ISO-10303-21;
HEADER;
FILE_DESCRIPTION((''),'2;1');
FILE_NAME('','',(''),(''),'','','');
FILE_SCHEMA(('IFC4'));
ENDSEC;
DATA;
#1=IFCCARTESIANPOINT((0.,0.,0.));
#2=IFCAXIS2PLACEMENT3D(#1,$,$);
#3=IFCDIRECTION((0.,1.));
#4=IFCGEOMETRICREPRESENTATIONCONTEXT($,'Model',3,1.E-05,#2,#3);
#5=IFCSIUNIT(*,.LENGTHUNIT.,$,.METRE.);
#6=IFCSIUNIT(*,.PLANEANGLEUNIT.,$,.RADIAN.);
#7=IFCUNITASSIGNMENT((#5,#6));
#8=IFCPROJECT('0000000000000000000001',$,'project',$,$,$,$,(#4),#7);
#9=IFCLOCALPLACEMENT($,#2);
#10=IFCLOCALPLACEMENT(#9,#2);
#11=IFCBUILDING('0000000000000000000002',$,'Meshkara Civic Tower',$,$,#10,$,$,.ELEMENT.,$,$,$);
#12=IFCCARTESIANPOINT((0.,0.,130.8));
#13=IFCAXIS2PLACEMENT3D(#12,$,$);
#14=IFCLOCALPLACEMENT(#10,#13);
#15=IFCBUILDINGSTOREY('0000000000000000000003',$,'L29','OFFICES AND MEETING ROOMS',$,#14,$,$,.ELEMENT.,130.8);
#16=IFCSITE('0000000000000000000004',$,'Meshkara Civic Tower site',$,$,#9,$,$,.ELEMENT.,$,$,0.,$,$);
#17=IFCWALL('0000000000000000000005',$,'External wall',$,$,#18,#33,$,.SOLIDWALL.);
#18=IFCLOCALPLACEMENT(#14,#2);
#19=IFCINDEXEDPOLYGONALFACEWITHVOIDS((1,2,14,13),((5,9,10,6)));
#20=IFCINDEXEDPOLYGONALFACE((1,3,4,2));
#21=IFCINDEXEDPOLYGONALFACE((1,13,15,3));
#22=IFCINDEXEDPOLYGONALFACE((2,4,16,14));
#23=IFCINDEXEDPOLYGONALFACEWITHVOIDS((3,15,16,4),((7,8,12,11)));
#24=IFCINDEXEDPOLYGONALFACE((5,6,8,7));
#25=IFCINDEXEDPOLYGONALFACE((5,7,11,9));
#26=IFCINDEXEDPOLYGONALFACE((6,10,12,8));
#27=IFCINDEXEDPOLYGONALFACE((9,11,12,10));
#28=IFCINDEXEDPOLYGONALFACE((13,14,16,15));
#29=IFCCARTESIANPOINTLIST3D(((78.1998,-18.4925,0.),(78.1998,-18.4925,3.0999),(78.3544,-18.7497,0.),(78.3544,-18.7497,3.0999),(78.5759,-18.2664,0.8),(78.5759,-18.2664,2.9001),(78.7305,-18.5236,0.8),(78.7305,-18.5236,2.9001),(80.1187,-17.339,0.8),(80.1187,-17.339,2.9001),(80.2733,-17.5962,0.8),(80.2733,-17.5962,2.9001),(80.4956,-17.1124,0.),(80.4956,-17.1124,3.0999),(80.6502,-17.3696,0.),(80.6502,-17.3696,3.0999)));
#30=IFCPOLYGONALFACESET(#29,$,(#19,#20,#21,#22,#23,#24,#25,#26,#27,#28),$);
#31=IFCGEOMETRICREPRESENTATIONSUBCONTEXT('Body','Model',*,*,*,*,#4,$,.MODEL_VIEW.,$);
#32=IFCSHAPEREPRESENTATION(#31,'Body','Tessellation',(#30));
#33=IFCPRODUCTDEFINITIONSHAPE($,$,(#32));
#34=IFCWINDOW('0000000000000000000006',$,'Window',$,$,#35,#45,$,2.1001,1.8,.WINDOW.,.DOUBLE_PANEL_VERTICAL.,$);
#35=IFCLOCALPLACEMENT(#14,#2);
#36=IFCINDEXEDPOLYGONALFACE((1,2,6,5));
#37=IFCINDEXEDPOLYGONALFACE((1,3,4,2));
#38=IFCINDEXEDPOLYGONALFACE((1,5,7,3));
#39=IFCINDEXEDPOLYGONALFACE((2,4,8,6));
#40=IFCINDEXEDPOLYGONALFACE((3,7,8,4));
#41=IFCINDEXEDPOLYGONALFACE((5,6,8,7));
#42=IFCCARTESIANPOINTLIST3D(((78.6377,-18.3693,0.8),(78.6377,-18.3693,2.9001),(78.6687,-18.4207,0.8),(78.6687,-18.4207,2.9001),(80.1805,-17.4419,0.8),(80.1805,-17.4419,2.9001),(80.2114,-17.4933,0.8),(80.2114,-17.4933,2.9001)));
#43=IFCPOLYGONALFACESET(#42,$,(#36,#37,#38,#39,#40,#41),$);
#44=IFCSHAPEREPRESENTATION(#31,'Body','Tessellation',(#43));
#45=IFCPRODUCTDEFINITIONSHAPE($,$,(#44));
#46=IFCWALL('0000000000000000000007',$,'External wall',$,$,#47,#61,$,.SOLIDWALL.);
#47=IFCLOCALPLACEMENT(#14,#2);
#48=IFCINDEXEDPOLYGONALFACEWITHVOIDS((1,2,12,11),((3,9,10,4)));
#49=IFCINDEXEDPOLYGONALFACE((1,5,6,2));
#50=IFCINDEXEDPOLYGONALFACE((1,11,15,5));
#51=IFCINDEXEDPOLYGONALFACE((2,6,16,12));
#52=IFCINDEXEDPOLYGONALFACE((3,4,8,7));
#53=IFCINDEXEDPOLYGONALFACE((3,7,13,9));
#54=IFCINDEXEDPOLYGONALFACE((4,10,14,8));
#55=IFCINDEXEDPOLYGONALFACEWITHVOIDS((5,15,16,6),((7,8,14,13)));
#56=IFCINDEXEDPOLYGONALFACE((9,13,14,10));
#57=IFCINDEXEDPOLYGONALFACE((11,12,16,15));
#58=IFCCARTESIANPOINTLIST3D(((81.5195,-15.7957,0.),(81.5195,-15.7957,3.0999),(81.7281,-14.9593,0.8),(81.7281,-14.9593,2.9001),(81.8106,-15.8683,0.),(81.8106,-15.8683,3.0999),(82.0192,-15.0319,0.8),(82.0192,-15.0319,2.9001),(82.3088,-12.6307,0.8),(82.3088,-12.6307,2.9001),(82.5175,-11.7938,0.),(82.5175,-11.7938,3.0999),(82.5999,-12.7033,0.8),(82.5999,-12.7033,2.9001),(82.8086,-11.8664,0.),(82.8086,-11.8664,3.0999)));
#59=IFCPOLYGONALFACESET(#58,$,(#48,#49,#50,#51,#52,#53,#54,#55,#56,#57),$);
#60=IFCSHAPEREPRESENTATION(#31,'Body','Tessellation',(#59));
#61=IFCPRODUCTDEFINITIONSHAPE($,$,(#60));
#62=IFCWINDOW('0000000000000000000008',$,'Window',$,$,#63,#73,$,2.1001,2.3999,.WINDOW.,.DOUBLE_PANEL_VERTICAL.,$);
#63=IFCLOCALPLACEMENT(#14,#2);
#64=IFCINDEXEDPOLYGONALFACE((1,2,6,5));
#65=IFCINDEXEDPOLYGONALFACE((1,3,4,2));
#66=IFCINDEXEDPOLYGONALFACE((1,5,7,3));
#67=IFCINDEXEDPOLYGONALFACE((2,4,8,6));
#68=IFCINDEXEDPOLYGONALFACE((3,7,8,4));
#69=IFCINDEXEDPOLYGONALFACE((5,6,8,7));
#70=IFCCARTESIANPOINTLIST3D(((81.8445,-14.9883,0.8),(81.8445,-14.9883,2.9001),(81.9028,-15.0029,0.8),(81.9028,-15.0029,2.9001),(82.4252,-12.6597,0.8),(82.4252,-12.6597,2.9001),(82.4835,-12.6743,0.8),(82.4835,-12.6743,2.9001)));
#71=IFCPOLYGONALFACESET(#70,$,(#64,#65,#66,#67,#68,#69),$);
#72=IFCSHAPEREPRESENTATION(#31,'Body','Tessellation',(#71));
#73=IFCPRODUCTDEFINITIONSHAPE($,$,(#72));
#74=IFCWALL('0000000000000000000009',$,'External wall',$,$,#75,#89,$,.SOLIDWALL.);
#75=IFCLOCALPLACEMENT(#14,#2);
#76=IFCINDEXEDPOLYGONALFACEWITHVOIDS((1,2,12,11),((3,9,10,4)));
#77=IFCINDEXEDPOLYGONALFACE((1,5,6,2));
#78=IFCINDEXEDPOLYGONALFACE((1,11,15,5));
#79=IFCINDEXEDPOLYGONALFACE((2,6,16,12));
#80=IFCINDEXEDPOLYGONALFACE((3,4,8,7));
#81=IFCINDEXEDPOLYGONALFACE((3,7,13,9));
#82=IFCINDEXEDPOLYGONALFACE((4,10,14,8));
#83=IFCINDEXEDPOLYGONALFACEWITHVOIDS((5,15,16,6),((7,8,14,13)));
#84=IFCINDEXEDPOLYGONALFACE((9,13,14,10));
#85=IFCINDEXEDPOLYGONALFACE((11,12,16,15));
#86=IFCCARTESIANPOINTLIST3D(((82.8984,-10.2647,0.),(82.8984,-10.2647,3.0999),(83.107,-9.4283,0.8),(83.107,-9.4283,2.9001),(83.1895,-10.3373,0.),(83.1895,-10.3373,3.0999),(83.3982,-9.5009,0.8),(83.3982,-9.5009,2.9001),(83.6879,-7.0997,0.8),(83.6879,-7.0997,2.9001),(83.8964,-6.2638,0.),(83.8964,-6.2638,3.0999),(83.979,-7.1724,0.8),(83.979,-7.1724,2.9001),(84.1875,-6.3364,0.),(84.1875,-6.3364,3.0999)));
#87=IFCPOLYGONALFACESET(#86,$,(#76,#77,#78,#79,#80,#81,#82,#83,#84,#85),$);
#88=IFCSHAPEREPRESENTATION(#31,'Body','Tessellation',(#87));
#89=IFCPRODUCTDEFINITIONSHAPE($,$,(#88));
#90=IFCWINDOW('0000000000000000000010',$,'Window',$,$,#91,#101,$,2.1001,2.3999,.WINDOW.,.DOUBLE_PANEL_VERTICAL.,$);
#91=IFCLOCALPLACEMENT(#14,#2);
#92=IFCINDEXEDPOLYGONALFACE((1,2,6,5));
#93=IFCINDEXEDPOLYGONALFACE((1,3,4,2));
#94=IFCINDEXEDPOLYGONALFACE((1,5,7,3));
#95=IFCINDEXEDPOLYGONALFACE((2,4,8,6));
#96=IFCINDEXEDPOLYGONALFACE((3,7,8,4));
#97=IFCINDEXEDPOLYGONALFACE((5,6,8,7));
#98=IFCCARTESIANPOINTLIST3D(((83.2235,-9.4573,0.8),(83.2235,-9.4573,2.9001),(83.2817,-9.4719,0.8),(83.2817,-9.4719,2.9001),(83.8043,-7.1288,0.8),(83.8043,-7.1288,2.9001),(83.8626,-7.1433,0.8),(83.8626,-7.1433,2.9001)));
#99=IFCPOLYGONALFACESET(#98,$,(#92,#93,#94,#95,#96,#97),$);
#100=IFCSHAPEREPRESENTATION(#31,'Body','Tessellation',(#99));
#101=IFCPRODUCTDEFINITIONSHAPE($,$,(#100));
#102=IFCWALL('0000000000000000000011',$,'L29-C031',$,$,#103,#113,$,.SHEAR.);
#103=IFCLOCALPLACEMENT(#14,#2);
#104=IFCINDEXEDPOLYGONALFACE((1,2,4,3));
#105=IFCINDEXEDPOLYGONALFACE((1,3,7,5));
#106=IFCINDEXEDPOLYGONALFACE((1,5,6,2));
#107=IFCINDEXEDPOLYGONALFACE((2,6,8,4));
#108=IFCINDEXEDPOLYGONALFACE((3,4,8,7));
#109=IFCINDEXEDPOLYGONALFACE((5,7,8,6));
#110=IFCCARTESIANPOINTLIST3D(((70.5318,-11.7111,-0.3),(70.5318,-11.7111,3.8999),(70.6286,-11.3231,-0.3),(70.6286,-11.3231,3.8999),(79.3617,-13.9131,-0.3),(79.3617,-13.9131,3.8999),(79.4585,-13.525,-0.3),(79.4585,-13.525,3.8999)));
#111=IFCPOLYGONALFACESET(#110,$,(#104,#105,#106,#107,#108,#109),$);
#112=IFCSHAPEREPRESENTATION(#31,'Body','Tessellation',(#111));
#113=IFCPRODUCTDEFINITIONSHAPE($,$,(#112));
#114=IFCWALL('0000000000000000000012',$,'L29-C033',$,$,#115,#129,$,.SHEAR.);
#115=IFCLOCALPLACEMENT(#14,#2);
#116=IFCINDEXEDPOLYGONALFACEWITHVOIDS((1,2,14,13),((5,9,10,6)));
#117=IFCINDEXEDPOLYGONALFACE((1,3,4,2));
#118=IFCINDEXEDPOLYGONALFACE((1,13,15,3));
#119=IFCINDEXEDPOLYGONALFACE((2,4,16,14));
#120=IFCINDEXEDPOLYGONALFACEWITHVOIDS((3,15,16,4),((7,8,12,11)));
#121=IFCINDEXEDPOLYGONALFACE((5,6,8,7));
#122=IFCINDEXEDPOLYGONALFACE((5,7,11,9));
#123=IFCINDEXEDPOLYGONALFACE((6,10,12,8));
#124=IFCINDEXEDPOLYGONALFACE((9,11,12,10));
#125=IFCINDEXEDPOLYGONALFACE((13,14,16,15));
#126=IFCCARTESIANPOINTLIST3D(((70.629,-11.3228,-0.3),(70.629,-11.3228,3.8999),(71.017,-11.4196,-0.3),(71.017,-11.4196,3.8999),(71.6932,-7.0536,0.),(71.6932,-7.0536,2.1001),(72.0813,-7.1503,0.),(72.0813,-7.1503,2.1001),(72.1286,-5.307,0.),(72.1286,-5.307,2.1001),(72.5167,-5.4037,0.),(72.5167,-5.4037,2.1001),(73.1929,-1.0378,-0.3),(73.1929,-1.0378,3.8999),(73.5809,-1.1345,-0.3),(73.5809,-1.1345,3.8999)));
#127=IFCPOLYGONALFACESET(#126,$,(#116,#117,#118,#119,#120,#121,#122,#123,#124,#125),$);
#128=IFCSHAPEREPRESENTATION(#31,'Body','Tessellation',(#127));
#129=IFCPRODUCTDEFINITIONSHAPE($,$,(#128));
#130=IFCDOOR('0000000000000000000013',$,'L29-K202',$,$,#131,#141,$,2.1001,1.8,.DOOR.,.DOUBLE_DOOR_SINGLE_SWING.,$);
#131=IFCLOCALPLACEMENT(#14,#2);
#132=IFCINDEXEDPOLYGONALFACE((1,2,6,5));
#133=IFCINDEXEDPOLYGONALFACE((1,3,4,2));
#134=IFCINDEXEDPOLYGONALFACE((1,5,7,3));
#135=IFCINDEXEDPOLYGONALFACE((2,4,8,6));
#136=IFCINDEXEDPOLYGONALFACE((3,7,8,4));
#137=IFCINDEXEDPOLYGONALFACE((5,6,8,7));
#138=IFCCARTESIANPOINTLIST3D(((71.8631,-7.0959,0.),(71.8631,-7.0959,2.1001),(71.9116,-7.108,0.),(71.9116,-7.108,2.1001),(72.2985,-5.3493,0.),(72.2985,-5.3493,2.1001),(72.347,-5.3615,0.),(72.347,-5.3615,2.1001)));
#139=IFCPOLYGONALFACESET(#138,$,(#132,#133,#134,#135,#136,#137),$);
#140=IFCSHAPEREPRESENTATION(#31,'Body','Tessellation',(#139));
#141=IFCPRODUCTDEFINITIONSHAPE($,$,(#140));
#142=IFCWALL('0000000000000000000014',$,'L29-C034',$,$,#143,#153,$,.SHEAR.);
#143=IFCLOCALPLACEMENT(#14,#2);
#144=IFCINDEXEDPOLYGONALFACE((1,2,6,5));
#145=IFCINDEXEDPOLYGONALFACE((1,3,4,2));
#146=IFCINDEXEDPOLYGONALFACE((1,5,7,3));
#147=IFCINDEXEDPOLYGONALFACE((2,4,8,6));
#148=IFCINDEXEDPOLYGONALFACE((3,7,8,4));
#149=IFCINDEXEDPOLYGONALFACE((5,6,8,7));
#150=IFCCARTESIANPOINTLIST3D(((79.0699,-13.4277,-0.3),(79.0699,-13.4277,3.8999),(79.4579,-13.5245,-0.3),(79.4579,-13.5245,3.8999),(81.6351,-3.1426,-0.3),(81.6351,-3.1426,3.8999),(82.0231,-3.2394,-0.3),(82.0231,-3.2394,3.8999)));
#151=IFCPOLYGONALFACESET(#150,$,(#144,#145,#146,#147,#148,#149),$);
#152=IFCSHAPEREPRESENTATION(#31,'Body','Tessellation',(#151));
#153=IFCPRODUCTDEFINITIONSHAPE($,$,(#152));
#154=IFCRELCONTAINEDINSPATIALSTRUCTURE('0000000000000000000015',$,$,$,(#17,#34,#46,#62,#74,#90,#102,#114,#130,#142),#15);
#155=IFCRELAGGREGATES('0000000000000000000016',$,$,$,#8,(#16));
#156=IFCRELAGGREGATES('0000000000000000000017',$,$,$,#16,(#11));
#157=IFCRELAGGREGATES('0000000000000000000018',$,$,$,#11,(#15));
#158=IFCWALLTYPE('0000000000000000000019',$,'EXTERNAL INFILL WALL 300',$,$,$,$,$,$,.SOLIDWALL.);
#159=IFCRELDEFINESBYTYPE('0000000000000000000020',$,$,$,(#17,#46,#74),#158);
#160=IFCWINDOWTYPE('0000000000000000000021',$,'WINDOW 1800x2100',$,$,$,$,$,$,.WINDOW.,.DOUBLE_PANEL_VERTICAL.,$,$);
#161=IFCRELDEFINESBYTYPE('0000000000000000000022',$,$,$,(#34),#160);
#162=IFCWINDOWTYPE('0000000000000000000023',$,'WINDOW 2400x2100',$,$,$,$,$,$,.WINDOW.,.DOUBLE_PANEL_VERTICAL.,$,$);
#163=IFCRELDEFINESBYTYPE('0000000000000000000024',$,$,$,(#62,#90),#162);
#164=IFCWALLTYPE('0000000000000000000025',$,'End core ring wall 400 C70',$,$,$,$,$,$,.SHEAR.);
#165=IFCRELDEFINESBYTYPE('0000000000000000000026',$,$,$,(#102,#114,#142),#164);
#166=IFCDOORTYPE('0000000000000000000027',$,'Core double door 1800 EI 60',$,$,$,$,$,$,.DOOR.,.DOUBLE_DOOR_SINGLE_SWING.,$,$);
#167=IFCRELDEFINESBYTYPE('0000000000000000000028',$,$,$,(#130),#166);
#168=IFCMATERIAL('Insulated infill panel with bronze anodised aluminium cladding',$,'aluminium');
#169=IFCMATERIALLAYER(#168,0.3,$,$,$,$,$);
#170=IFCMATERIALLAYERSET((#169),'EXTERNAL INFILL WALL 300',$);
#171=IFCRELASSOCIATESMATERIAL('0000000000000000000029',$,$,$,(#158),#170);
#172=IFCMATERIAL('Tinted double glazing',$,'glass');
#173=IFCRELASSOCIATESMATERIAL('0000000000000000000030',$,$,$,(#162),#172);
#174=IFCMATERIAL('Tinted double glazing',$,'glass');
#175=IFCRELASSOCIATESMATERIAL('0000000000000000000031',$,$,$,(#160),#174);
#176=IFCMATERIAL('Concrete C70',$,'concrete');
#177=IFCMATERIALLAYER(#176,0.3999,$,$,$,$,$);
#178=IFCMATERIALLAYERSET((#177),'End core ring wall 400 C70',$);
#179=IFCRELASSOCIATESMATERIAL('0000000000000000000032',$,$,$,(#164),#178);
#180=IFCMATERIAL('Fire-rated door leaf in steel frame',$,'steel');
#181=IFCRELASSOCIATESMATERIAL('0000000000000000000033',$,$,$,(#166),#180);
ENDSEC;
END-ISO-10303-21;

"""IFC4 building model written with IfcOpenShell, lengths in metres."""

from ifc_helpers import new_model, si_unit, direction, frame, frame_2d, origin, place, context, subcontext, project, spatial, rectangle, extrude, material, layer, layer_set, type_object, element, fill, save


model = new_model("IFC4")

# Units and contexts
model_context = context("Model", 3, precision=1e-05, world=origin(), true_north=direction((0.0, 1.0)))
body_context = subcontext(model_context, "Body", "Model", "MODEL_VIEW")
ifc_project = project(units=[si_unit("LENGTHUNIT", "METRE"), si_unit("PLANEANGLEUNIT", "RADIAN")], contexts=[model_context])

# Site, building, storey
site_placement = place(None, origin())
site = spatial("IfcSite", under=ifc_project, at=site_placement, Name="Meshkara Civic Tower site", CompositionType="ELEMENT", RefElevation=0.0)
building_placement = place(site_placement, origin())
building = spatial("IfcBuilding", under=site, at=building_placement, Name="Meshkara Civic Tower", CompositionType="ELEMENT")
storey_placement = place(building_placement, frame((0.0, 0.0, 130.8)))
storey = spatial("IfcBuildingStorey", under=building, at=storey_placement, Name="L29", Description="OFFICES AND MEETING ROOMS", CompositionType="ELEMENT", Elevation=130.8)

# Walls, openings, windows
ifc_material_1 = material(Name="Insulated infill panel with bronze anodised aluminium cladding", Category="aluminium")
ifc_layer_1 = layer(ifc_material_1, 0.3)
ifc_layer_set_1 = layer_set([ifc_layer_1], Name="EXTERNAL INFILL WALL 300")
wall_type_1 = type_object("IfcWallType", Name="EXTERNAL INFILL WALL 300", PredefinedType="SOLIDWALL", material=ifc_layer_set_1)
ifc_material_2 = material(Name="Tinted double glazing", Category="glass")
window_type_1 = type_object("IfcWindowType", Name="WINDOW 2400x2100", PartitioningType="DOUBLE_PANEL_VERTICAL", PredefinedType="WINDOW", material=ifc_material_2)
wall_1_placement = place(storey_placement, frame((78.2771, -18.6211, 0.0), z_axis=(0.0, 0.0, 1.0), x_axis=(0.857066, 0.515206, 0.0)))
wall_1 = element("IfcWall", 1, at=wall_1_placement, inside=storey, type_object=wall_type_1, Name="External wall", PredefinedType="SOLIDWALL", context=body_context, shape_type="SweptSolid", body=[
    extrude(rectangle(XDim=2.6787, YDim=0.3, at=frame_2d((1.3394, 0.0))), origin(), (0.0, 0.0, 1.0), 3.0999),
])
opening_1_placement = place(wall_1_placement, frame((0.439, 0.0, 0.8)))
opening_1 = element("IfcOpeningElement", 2, at=opening_1_placement, cuts=wall_1, PredefinedType="OPENING", context=body_context, shape_type="SweptSolid", body=[
    extrude(rectangle(XDim=1.8, YDim=2.1001, at=frame_2d((0.8999, 1.05))), frame((0.0, 0.1599, 0.0), z_axis=(0.0, -1.0, 0.0), x_axis=(1.0, 0.0, 0.0)), (0.0, 0.0, 1.0), 0.3201),
])
ifc_material_3 = material(Name="Tinted double glazing", Category="glass")
window_type_2 = type_object("IfcWindowType", Name="WINDOW 1800x2100", PartitioningType="DOUBLE_PANEL_VERTICAL", PredefinedType="WINDOW", material=ifc_material_3)
window_1_placement = place(opening_1_placement, origin())
window_1 = element("IfcWindow", 3, at=window_1_placement, inside=storey, type_object=window_type_2, Name="Window", OverallHeight=2.1001, OverallWidth=1.8, PartitioningType="DOUBLE_PANEL_VERTICAL", PredefinedType="WINDOW", context=body_context, shape_type="SweptSolid", body=[
    extrude(rectangle(XDim=1.8, YDim=2.1001, at=frame_2d((0.8999, 1.05))), frame((0.0, 0.03, 0.0), z_axis=(0.0, -1.0, 0.0), x_axis=(1.0, 0.0, 0.0)), (0.0, 0.0, 1.0), 0.0601),
])
fill(opening_1, window_1)
wall_2_placement = place(storey_placement, frame((81.665, -15.832, 0.0), z_axis=(0.0, 0.0, 1.0), x_axis=(0.241978, 0.970282, 0.0)))
wall_2 = element("IfcWall", 4, at=wall_2_placement, inside=storey, type_object=wall_type_1, Name="External wall", PredefinedType="SOLIDWALL", context=body_context, shape_type="SweptSolid", body=[
    extrude(rectangle(XDim=4.1245, YDim=0.3, at=frame_2d((2.0623, 0.0))), origin(), (0.0, 0.0, 1.0), 3.0999),
])
opening_2_placement = place(wall_2_placement, frame((0.8621, 0.0, 0.8)))
opening_2 = element("IfcOpeningElement", 5, at=opening_2_placement, cuts=wall_2, PredefinedType="OPENING", context=body_context, shape_type="SweptSolid", body=[
    extrude(rectangle(XDim=2.3999, YDim=2.1001, at=frame_2d((1.2, 1.05))), frame((0.0, 0.1599, 0.0), z_axis=(0.0, -1.0, 0.0), x_axis=(1.0, 0.0, 0.0)), (0.0, 0.0, 1.0), 0.3201),
])
window_2_placement = place(opening_2_placement, origin())
window_2 = element("IfcWindow", 6, at=window_2_placement, inside=storey, type_object=window_type_1, Name="Window", OverallHeight=2.1001, OverallWidth=2.3999, PartitioningType="DOUBLE_PANEL_VERTICAL", PredefinedType="WINDOW", context=body_context, shape_type="SweptSolid", body=[
    extrude(rectangle(XDim=2.3999, YDim=2.1001, at=frame_2d((1.2, 1.05))), frame((0.0, 0.03, 0.0), z_axis=(0.0, -1.0, 0.0), x_axis=(1.0, 0.0, 0.0)), (0.0, 0.0, 1.0), 0.0601),
])
fill(opening_2, window_2)
wall_3_placement = place(storey_placement, frame((83.0439, -10.301, 0.0), z_axis=(0.0, 0.0, 1.0), x_axis=(0.242034, 0.970268, 0.0)))
wall_3 = element("IfcWall", 7, at=wall_3_placement, inside=storey, type_object=wall_type_1, Name="External wall", PredefinedType="SOLIDWALL", context=body_context, shape_type="SweptSolid", body=[
    extrude(rectangle(XDim=4.1235, YDim=0.3, at=frame_2d((2.0618, 0.0))), origin(), (0.0, 0.0, 1.0), 3.0999),
])
opening_3_placement = place(wall_3_placement, frame((0.8621, 0.0, 0.8)))
opening_3 = element("IfcOpeningElement", 8, at=opening_3_placement, cuts=wall_3, PredefinedType="OPENING", context=body_context, shape_type="SweptSolid", body=[
    extrude(rectangle(XDim=2.3999, YDim=2.1001, at=frame_2d((1.2, 1.05))), frame((0.0, 0.1599, 0.0), z_axis=(0.0, -1.0, 0.0), x_axis=(1.0, 0.0, 0.0)), (0.0, 0.0, 1.0), 0.3201),
])
window_3_placement = place(opening_3_placement, origin())
window_3 = element("IfcWindow", 9, at=window_3_placement, inside=storey, type_object=window_type_1, Name="Window", OverallHeight=2.1001, OverallWidth=2.3999, PartitioningType="DOUBLE_PANEL_VERTICAL", PredefinedType="WINDOW", context=body_context, shape_type="SweptSolid", body=[
    extrude(rectangle(XDim=2.3999, YDim=2.1001, at=frame_2d((1.2, 1.05))), frame((0.0, 0.03, 0.0), z_axis=(0.0, -1.0, 0.0), x_axis=(1.0, 0.0, 0.0)), (0.0, 0.0, 1.0), 0.0601),
])
fill(opening_3, window_3)

# Wall
ifc_material_4 = material(Name="Concrete C70", Category="concrete")
ifc_layer_2 = layer(ifc_material_4, 0.3999)
ifc_layer_set_2 = layer_set([ifc_layer_2], Name="End core ring wall 400 C70")
wall_type_2 = type_object("IfcWallType", Name="End core ring wall 400 C70", PredefinedType="SHEAR", material=ifc_layer_set_2)
wall_4_placement = place(storey_placement, frame((70.5801, -11.5171, -0.3), z_axis=(0.0, 0.0, 1.0), x_axis=(0.970286, -0.241961, 0.0)))
element("IfcWall", 10, at=wall_4_placement, inside=storey, type_object=wall_type_2, Name="L29-C031", PredefinedType="SHEAR", context=body_context, shape_type="SweptSolid", body=[
    extrude(rectangle(XDim=9.1003, YDim=0.3999, at=frame_2d((4.5503, 0.0))), origin(), (0.0, 0.0, 1.0), 4.2),
])

# Wall, opening, door
wall_5_placement = place(storey_placement, frame((70.823, -11.3711, -0.3), z_axis=(0.0, 0.0, 1.0), x_axis=(0.241885, 0.970305, 0.0)))
wall_5 = element("IfcWall", 11, at=wall_5_placement, inside=storey, type_object=wall_type_2, Name="L29-C033", PredefinedType="SHEAR", context=body_context, shape_type="SweptSolid", body=[
    extrude(rectangle(XDim=10.5999, YDim=0.3999, at=frame_2d((5.2998, 0.0))), origin(), (0.0, 0.0, 1.0), 4.2),
])
opening_4_placement = place(wall_5_placement, frame((4.3999, 0.0, 0.3)))
opening_4 = element("IfcOpeningElement", 12, at=opening_4_placement, cuts=wall_5, PredefinedType="OPENING", context=body_context, shape_type="SweptSolid", body=[
    extrude(rectangle(XDim=1.8, YDim=2.1001, at=frame_2d((0.8999, 1.05))), frame((0.0, 0.21, 0.0), z_axis=(0.0, -1.0, 0.0), x_axis=(1.0, 0.0, 0.0)), (0.0, 0.0, 1.0), 0.4199),
])
ifc_material_5 = material(Name="Fire-rated door leaf in steel frame", Category="steel")
door_type_1 = type_object("IfcDoorType", Name="Core double door 1800 EI 60", OperationType="DOUBLE_DOOR_SINGLE_SWING", PredefinedType="DOOR", material=ifc_material_5)
door_1_placement = place(opening_4_placement, origin())
door_1 = element("IfcDoor", 13, at=door_1_placement, inside=storey, type_object=door_type_1, Name="L29-K202", OperationType="DOUBLE_DOOR_SINGLE_SWING", OverallHeight=2.1001, OverallWidth=1.8, PredefinedType="DOOR", context=body_context, shape_type="SweptSolid", body=[
    extrude(rectangle(XDim=1.8, YDim=2.1001, at=frame_2d((0.8999, 1.05))), frame((0.0, 0.0249, 0.0), z_axis=(0.0, -1.0, 0.0), x_axis=(1.0, 0.0, 0.0)), (0.0, 0.0, 1.0), 0.05),
])
fill(opening_4, door_1)

# Wall
wall_6_placement = place(storey_placement, frame((79.2639, -13.4761, -0.3), z_axis=(0.0, 0.0, 1.0), x_axis=(0.241994, 0.970278, 0.0)))
element("IfcWall", 14, at=wall_6_placement, inside=storey, type_object=wall_type_2, Name="L29-C034", PredefinedType="SHEAR", context=body_context, shape_type="SweptSolid", body=[
    extrude(rectangle(XDim=10.6001, YDim=0.3999, at=frame_2d((5.3, 0.0))), origin(), (0.0, 0.0, 1.0), 4.2),
])

save(model, "model.ifc")
